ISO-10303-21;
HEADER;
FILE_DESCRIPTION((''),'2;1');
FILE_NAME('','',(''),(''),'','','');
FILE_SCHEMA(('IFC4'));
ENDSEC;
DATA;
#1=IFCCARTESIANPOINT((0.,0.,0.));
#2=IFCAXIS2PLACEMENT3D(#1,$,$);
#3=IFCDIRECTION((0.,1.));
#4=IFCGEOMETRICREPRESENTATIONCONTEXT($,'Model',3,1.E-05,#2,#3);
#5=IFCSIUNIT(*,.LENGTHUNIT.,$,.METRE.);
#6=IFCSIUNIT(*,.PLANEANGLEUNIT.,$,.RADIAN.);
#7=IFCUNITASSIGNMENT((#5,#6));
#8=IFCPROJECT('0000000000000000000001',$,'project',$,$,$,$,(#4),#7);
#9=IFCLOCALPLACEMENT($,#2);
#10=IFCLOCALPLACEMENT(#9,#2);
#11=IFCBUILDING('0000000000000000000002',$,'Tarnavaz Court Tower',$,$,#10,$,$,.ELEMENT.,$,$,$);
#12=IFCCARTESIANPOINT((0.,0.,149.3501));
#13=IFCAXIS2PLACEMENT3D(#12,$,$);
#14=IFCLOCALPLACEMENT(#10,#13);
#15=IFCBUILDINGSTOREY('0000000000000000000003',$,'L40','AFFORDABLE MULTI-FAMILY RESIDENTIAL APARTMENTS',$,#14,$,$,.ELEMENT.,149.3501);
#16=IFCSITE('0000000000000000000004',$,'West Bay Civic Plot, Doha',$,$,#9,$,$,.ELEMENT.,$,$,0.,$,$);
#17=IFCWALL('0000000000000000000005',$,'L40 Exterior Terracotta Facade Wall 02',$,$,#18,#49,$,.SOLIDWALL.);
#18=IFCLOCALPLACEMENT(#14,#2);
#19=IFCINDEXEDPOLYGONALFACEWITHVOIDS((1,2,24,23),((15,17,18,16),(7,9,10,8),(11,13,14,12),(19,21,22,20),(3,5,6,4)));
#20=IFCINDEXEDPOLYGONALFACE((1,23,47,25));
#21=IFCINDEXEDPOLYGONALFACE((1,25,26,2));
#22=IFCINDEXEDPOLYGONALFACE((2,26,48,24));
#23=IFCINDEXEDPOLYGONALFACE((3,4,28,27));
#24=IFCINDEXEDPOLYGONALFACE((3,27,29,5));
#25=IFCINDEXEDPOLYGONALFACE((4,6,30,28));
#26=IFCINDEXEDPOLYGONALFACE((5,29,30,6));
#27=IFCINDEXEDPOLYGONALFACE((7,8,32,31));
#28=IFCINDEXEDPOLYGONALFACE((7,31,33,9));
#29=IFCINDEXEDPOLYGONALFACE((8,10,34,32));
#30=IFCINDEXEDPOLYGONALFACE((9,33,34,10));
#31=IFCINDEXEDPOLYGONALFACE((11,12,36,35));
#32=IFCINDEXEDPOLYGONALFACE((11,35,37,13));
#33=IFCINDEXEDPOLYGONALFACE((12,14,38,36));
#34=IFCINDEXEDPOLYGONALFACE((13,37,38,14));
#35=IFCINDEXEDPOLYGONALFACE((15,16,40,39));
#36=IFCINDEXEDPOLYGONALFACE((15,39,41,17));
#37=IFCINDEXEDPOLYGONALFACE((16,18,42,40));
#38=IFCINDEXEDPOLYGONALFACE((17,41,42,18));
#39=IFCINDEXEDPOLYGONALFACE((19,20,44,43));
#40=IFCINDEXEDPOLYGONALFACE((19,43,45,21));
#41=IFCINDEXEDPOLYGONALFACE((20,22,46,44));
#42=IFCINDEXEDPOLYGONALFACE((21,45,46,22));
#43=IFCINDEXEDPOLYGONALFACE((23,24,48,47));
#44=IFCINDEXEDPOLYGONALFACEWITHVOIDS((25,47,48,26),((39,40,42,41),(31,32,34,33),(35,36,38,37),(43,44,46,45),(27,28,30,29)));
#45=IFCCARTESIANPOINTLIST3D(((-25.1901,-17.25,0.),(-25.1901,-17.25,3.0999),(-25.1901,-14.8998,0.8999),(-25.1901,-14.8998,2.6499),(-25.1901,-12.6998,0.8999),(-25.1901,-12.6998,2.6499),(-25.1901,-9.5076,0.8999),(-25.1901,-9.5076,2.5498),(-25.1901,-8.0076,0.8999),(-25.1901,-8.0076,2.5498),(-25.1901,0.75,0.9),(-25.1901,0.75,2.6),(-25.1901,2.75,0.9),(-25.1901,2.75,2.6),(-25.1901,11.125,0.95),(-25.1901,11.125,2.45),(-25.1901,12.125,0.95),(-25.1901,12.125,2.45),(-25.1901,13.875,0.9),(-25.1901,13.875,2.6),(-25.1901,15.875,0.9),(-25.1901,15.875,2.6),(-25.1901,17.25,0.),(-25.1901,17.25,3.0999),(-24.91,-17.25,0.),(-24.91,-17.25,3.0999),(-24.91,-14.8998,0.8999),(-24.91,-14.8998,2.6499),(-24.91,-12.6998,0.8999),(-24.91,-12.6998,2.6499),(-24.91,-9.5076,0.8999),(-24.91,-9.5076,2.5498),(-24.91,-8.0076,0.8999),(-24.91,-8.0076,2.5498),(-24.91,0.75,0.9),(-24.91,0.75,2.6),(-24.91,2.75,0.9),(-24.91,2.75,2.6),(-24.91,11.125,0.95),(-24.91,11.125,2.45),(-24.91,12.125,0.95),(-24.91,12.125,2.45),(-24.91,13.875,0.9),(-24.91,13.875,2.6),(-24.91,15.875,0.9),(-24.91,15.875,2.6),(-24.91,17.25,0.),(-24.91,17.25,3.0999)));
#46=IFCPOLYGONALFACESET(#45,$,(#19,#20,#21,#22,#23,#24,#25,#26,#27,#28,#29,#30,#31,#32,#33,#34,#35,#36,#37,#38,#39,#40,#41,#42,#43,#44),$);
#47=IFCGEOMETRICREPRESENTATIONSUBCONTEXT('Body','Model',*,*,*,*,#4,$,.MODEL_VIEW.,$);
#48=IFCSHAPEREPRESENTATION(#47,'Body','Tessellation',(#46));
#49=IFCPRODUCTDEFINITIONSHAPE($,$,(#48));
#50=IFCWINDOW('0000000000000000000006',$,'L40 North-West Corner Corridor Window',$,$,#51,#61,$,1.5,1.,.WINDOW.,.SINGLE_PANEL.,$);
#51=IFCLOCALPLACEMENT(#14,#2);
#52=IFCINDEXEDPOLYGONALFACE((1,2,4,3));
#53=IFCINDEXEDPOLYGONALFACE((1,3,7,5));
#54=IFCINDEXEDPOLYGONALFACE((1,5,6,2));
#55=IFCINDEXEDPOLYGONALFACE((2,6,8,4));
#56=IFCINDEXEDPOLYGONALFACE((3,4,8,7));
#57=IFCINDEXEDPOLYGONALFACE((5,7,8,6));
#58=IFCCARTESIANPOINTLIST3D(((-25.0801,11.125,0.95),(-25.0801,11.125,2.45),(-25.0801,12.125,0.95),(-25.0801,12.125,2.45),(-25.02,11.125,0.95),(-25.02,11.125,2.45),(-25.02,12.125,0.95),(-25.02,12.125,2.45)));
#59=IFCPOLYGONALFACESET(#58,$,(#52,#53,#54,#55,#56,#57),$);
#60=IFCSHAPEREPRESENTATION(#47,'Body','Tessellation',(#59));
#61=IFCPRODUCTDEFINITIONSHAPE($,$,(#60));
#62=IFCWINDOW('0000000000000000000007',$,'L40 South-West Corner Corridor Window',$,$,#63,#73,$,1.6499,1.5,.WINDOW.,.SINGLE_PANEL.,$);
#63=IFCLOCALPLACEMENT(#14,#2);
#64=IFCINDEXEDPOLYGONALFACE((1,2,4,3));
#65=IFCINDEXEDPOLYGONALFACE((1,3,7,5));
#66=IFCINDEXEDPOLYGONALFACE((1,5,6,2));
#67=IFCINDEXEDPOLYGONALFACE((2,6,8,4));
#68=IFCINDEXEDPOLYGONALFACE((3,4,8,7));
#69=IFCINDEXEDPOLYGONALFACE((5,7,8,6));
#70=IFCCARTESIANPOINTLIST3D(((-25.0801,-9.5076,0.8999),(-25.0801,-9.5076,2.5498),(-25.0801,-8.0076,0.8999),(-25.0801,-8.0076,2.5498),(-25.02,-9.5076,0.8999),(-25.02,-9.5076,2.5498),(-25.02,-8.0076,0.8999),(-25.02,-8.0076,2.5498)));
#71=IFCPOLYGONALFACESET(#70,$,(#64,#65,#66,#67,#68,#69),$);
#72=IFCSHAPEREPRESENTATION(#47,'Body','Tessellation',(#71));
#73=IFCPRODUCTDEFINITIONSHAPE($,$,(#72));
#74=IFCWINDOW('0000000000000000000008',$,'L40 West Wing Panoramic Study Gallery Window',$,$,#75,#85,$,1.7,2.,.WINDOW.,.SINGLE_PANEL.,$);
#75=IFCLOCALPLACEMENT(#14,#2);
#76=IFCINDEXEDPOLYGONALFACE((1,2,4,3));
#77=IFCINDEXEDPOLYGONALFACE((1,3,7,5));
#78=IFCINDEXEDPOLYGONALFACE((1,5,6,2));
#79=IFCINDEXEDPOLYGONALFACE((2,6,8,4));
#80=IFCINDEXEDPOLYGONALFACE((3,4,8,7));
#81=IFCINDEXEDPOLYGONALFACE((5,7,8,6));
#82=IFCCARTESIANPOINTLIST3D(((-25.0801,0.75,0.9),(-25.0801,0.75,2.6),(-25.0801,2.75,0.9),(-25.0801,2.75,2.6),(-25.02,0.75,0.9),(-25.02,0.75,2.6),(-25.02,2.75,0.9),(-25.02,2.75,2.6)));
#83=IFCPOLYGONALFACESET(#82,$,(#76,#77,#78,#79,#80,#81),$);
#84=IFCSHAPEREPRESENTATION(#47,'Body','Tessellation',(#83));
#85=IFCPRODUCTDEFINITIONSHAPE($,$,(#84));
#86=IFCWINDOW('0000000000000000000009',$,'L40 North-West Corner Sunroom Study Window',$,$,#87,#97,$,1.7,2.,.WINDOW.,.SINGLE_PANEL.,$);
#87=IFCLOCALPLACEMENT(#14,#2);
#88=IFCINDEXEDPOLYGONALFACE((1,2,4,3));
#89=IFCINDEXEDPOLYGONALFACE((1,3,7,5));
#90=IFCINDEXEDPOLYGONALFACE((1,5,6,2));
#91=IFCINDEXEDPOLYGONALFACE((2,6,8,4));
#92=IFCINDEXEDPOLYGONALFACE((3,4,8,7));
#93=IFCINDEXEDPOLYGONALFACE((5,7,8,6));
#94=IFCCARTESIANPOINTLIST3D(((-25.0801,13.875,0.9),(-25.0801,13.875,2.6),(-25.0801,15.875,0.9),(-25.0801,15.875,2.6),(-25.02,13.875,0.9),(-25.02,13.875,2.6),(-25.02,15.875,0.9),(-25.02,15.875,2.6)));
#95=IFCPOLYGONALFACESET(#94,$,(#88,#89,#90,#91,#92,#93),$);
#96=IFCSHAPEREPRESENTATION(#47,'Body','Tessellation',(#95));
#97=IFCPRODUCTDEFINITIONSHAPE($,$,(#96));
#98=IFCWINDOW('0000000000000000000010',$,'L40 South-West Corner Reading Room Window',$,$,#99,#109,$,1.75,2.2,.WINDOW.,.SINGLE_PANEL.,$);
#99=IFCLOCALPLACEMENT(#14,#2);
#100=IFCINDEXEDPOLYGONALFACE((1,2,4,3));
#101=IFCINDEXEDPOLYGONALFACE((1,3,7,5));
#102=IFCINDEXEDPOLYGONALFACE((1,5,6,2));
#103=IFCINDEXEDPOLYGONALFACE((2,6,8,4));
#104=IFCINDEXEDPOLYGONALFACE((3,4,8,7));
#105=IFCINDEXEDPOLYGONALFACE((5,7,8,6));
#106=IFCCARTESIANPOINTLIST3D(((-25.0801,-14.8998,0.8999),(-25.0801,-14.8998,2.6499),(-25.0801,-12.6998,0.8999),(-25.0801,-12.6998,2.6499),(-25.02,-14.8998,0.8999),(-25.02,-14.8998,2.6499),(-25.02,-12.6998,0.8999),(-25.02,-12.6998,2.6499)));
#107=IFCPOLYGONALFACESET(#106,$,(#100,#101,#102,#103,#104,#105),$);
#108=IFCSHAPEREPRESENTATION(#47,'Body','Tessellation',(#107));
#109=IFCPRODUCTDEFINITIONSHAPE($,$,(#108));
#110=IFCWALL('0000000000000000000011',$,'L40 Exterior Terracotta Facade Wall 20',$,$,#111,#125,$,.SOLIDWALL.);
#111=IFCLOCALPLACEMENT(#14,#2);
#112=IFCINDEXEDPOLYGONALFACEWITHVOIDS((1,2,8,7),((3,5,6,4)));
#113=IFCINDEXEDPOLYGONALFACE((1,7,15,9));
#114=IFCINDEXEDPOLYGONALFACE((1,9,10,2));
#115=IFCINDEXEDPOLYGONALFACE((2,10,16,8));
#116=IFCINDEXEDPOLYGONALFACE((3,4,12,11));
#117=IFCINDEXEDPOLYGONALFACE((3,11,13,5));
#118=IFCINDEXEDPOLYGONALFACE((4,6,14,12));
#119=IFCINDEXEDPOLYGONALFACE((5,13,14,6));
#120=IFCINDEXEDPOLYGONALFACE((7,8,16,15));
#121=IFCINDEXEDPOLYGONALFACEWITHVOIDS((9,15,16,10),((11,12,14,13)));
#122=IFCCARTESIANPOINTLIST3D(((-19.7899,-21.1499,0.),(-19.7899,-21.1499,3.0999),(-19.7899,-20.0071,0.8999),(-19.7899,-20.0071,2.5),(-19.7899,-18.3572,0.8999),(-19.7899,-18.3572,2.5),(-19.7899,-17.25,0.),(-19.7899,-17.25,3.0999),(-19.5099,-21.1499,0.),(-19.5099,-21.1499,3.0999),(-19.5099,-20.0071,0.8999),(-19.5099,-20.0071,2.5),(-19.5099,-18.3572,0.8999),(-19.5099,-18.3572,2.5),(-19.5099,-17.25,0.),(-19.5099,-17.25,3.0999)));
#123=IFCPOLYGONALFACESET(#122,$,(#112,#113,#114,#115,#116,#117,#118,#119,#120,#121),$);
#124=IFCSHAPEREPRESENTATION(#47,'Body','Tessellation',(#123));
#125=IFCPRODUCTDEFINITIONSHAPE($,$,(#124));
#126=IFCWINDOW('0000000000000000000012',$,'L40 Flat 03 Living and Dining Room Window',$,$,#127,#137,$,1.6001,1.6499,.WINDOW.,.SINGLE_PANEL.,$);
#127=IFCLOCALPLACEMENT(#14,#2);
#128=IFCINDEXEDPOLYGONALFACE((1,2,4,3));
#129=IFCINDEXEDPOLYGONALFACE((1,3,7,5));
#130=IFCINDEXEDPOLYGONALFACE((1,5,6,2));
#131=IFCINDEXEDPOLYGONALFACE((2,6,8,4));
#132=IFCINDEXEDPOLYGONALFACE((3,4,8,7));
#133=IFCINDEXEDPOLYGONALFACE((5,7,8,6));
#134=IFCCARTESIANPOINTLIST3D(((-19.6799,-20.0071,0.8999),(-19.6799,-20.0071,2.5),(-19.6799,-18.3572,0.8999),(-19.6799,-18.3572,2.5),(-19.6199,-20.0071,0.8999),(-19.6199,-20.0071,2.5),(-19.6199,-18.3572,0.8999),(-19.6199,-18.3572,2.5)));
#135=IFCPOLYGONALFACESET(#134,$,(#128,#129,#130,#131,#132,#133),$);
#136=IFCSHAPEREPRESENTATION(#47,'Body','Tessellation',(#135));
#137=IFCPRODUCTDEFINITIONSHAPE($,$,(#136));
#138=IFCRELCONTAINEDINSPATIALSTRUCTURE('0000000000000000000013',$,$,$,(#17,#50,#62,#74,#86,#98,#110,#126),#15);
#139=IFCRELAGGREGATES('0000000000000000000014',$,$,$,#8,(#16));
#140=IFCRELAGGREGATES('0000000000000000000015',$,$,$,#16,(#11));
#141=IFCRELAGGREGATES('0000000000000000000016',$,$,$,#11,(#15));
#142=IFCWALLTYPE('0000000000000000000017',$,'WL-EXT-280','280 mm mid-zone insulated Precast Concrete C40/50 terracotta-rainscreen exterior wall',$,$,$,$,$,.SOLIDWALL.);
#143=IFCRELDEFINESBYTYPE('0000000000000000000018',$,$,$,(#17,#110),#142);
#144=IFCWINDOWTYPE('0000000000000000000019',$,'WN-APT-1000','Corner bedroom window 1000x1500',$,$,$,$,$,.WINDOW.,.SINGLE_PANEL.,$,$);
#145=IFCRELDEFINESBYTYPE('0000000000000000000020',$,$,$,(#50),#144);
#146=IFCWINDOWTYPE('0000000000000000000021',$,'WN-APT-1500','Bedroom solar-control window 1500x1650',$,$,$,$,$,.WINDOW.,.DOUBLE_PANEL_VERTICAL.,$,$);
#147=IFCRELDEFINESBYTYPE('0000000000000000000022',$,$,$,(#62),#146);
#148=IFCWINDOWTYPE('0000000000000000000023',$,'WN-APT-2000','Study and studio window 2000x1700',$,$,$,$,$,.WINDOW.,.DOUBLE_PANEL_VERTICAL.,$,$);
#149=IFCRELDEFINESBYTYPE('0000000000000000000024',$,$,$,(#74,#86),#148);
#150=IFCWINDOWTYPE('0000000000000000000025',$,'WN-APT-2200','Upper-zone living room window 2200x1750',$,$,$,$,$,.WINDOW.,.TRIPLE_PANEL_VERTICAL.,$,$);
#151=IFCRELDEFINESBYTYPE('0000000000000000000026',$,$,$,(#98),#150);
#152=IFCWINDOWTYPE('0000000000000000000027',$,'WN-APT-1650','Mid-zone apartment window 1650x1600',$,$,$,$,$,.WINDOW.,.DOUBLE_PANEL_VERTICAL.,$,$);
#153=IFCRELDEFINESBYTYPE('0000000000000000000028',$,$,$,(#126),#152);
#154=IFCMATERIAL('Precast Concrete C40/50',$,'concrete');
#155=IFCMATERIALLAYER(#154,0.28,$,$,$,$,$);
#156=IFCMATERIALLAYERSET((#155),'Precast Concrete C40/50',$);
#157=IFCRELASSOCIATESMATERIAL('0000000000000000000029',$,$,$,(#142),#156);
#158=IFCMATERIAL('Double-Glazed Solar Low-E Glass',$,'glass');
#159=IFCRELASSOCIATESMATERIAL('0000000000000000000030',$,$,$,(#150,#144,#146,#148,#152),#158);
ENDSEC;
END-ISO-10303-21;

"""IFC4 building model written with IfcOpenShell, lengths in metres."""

from ifc_helpers import new_model, si_unit, direction, frame, frame_2d, origin, place, context, subcontext, project, spatial, rectangle, extrude, material, layer, layer_set, type_object, element, fill, save


model = new_model("IFC4")

# Units and contexts
model_context = context("Model", 3, precision=1e-05, world=origin(), true_north=direction((0.0, 1.0)))
body_context = subcontext(model_context, "Body", "Model", "MODEL_VIEW")
ifc_project = project(units=[si_unit("LENGTHUNIT", "METRE"), si_unit("PLANEANGLEUNIT", "RADIAN")], contexts=[model_context])

# Site, building, storey
site_placement = place(None, origin())
site = spatial("IfcSite", under=ifc_project, at=site_placement, Name="West Bay Civic Plot, Doha", CompositionType="ELEMENT", RefElevation=0.0)
building_placement = place(site_placement, origin())
building = spatial("IfcBuilding", under=site, at=building_placement, Name="Tarnavaz Court Tower", CompositionType="ELEMENT")
storey_placement = place(building_placement, frame((0.0, 0.0, 149.3501)))
storey = spatial("IfcBuildingStorey", under=building, at=storey_placement, Name="L40", Description="AFFORDABLE MULTI-FAMILY RESIDENTIAL APARTMENTS", CompositionType="ELEMENT", Elevation=149.3501)

# Shared definitions
ifc_material_1 = material(Name="Precast Concrete C40/50", Category="concrete")
ifc_layer_1 = layer(ifc_material_1, 0.28)
ifc_layer_set_1 = layer_set([ifc_layer_1], Name="Precast Concrete C40/50")
wall_type_1 = type_object("IfcWallType", Name="WL-EXT-280", Description="280 mm mid-zone insulated Precast Concrete C40/50 terracotta-rainscreen exterior wall", PredefinedType="SOLIDWALL", material=ifc_layer_set_1)
ifc_material_2 = material(Name="Double-Glazed Solar Low-E Glass", Category="glass")
window_type_1 = type_object("IfcWindowType", Name="WN-APT-2200", Description="Upper-zone living room window 2200x1750", PartitioningType="TRIPLE_PANEL_VERTICAL", PredefinedType="WINDOW", material=ifc_material_2)

# Wall, openings, windows
wall_1_placement = place(storey_placement, frame((-25.05, -17.25, 0.0), z_axis=(0.0, 0.0, 1.0), x_axis=(0.0, 1.0, 0.0)))
wall_1 = element("IfcWall", 1, at=wall_1_placement, inside=storey, type_object=wall_type_1, Name="L40 Exterior Terracotta Facade Wall 02", PredefinedType="SOLIDWALL", context=body_context, shape_type="SweptSolid", body=[
    extrude(rectangle(XDim=34.5, YDim=0.28, at=frame_2d((17.25, 0.0))), origin(), (0.0, 0.0, 1.0), 3.0999),
])
opening_1_placement = place(wall_1_placement, frame((2.3501, 0.0, 0.8999)))
opening_1 = element("IfcOpeningElement", 2, at=opening_1_placement, cuts=wall_1, PredefinedType="OPENING", context=body_context, shape_type="SweptSolid", body=[
    extrude(rectangle(XDim=2.2, YDim=1.75, at=frame_2d((1.1001, 0.875))), frame((0.0, 0.1499, 0.0), z_axis=(0.0, -1.0, 0.0), x_axis=(1.0, 0.0, 0.0)), (0.0, 0.0, 1.0), 0.3),
])
opening_2_placement = place(wall_1_placement, frame((7.7424, 0.0, 0.8999)))
opening_2 = element("IfcOpeningElement", 3, at=opening_2_placement, cuts=wall_1, PredefinedType="OPENING", context=body_context, shape_type="SweptSolid", body=[
    extrude(rectangle(XDim=1.5, YDim=1.6499, at=frame_2d((0.75, 0.825))), frame((0.0, 0.1499, 0.0), z_axis=(0.0, -1.0, 0.0), x_axis=(1.0, 0.0, 0.0)), (0.0, 0.0, 1.0), 0.3),
])
opening_3_placement = place(wall_1_placement, frame((18.0, 0.0, 0.8999)))
opening_3 = element("IfcOpeningElement", 4, at=opening_3_placement, cuts=wall_1, PredefinedType="OPENING", context=body_context, shape_type="SweptSolid", body=[
    extrude(rectangle(XDim=2.0, YDim=1.7, at=frame_2d((1.0, 0.8501))), frame((0.0, 0.1499, 0.0), z_axis=(0.0, -1.0, 0.0), x_axis=(1.0, 0.0, 0.0)), (0.0, 0.0, 1.0), 0.3),
])
opening_4_placement = place(wall_1_placement, frame((28.375, 0.0, 0.95)))
opening_4 = element("IfcOpeningElement", 5, at=opening_4_placement, cuts=wall_1, PredefinedType="OPENING", context=body_context, shape_type="SweptSolid", body=[
    extrude(rectangle(XDim=1.0, YDim=1.5, at=frame_2d((0.5, 0.75))), frame((0.0, 0.1499, 0.0), z_axis=(0.0, -1.0, 0.0), x_axis=(1.0, 0.0, 0.0)), (0.0, 0.0, 1.0), 0.3),
])
opening_5_placement = place(wall_1_placement, frame((31.125, 0.0, 0.8999)))
opening_5 = element("IfcOpeningElement", 6, at=opening_5_placement, cuts=wall_1, PredefinedType="OPENING", context=body_context, shape_type="SweptSolid", body=[
    extrude(rectangle(XDim=2.0, YDim=1.7, at=frame_2d((1.0, 0.8501))), frame((0.0, 0.1499, 0.0), z_axis=(0.0, -1.0, 0.0), x_axis=(1.0, 0.0, 0.0)), (0.0, 0.0, 1.0), 0.3),
])
window_type_2 = type_object("IfcWindowType", Name="WN-APT-1000", Description="Corner bedroom window 1000x1500", PartitioningType="SINGLE_PANEL", PredefinedType="WINDOW", material=ifc_material_2)
window_1_placement = place(opening_4_placement, origin())
window_1 = element("IfcWindow", 7, at=window_1_placement, inside=storey, type_object=window_type_2, Name="L40 North-West Corner Corridor Window", OverallHeight=1.5, OverallWidth=1.0, PartitioningType="SINGLE_PANEL", PredefinedType="WINDOW", context=body_context, shape_type="SweptSolid", body=[
    extrude(rectangle(XDim=1.0, YDim=1.5, at=frame_2d((0.5, 0.75))), frame((0.0, 0.03, 0.0), z_axis=(0.0, -1.0, 0.0), x_axis=(1.0, 0.0, 0.0)), (0.0, 0.0, 1.0), 0.0601),
])
fill(opening_4, window_1)
window_type_3 = type_object("IfcWindowType", Name="WN-APT-1500", Description="Bedroom solar-control window 1500x1650", PartitioningType="DOUBLE_PANEL_VERTICAL", PredefinedType="WINDOW", material=ifc_material_2)
window_2_placement = place(opening_2_placement, origin())
window_2 = element("IfcWindow", 8, at=window_2_placement, inside=storey, type_object=window_type_3, Name="L40 South-West Corner Corridor Window", OverallHeight=1.6499, OverallWidth=1.5, PartitioningType="SINGLE_PANEL", PredefinedType="WINDOW", context=body_context, shape_type="SweptSolid", body=[
    extrude(rectangle(XDim=1.5, YDim=1.6499, at=frame_2d((0.75, 0.825))), frame((0.0, 0.03, 0.0), z_axis=(0.0, -1.0, 0.0), x_axis=(1.0, 0.0, 0.0)), (0.0, 0.0, 1.0), 0.0601),
])
fill(opening_2, window_2)
window_type_4 = type_object("IfcWindowType", Name="WN-APT-2000", Description="Study and studio window 2000x1700", PartitioningType="DOUBLE_PANEL_VERTICAL", PredefinedType="WINDOW", material=ifc_material_2)
window_3_placement = place(opening_3_placement, origin())
window_3 = element("IfcWindow", 9, at=window_3_placement, inside=storey, type_object=window_type_4, Name="L40 West Wing Panoramic Study Gallery Window", OverallHeight=1.7, OverallWidth=2.0, PartitioningType="SINGLE_PANEL", PredefinedType="WINDOW", context=body_context, shape_type="SweptSolid", body=[
    extrude(rectangle(XDim=2.0, YDim=1.7, at=frame_2d((1.0, 0.8501))), frame((0.0, 0.03, 0.0), z_axis=(0.0, -1.0, 0.0), x_axis=(1.0, 0.0, 0.0)), (0.0, 0.0, 1.0), 0.0601),
])
fill(opening_3, window_3)
window_4_placement = place(opening_5_placement, origin())
window_4 = element("IfcWindow", 10, at=window_4_placement, inside=storey, type_object=window_type_4, Name="L40 North-West Corner Sunroom Study Window", OverallHeight=1.7, OverallWidth=2.0, PartitioningType="SINGLE_PANEL", PredefinedType="WINDOW", context=body_context, shape_type="SweptSolid", body=[
    extrude(rectangle(XDim=2.0, YDim=1.7, at=frame_2d((1.0, 0.8501))), frame((0.0, 0.03, 0.0), z_axis=(0.0, -1.0, 0.0), x_axis=(1.0, 0.0, 0.0)), (0.0, 0.0, 1.0), 0.0601),
])
fill(opening_5, window_4)
window_5_placement = place(opening_1_placement, origin())
window_5 = element("IfcWindow", 11, at=window_5_placement, inside=storey, type_object=window_type_1, Name="L40 South-West Corner Reading Room Window", OverallHeight=1.75, OverallWidth=2.2, PartitioningType="SINGLE_PANEL", PredefinedType="WINDOW", context=body_context, shape_type="SweptSolid", body=[
    extrude(rectangle(XDim=2.2, YDim=1.75, at=frame_2d((1.1001, 0.875))), frame((0.0, 0.03, 0.0), z_axis=(0.0, -1.0, 0.0), x_axis=(1.0, 0.0, 0.0)), (0.0, 0.0, 1.0), 0.0601),
])
fill(opening_1, window_5)

# Wall, opening, window
wall_2_placement = place(storey_placement, frame((-19.6499, -21.1499, 0.0), z_axis=(0.0, 0.0, 1.0), x_axis=(0.0, 1.0, 0.0)))
wall_2 = element("IfcWall", 12, at=wall_2_placement, inside=storey, type_object=wall_type_1, Name="L40 Exterior Terracotta Facade Wall 20", PredefinedType="SOLIDWALL", context=body_context, shape_type="SweptSolid", body=[
    extrude(rectangle(XDim=3.8999, YDim=0.28, at=frame_2d((1.95, 0.0))), origin(), (0.0, 0.0, 1.0), 3.0999),
])
opening_6_placement = place(wall_2_placement, frame((1.1428, 0.0, 0.8999)))
opening_6 = element("IfcOpeningElement", 13, at=opening_6_placement, cuts=wall_2, PredefinedType="OPENING", context=body_context, shape_type="SweptSolid", body=[
    extrude(rectangle(XDim=1.6499, YDim=1.6001, at=frame_2d((0.825, 0.8))), frame((0.0, 0.1499, 0.0), z_axis=(0.0, -1.0, 0.0), x_axis=(1.0, 0.0, 0.0)), (0.0, 0.0, 1.0), 0.3),
])
window_type_5 = type_object("IfcWindowType", Name="WN-APT-1650", Description="Mid-zone apartment window 1650x1600", PartitioningType="DOUBLE_PANEL_VERTICAL", PredefinedType="WINDOW", material=ifc_material_2)
window_6_placement = place(opening_6_placement, origin())
window_6 = element("IfcWindow", 14, at=window_6_placement, inside=storey, type_object=window_type_5, Name="L40 Flat 03 Living and Dining Room Window", OverallHeight=1.6001, OverallWidth=1.6499, PartitioningType="SINGLE_PANEL", PredefinedType="WINDOW", context=body_context, shape_type="SweptSolid", body=[
    extrude(rectangle(XDim=1.6499, YDim=1.6001, at=frame_2d((0.825, 0.8))), frame((0.0, 0.03, 0.0), z_axis=(0.0, -1.0, 0.0), x_axis=(1.0, 0.0, 0.0)), (0.0, 0.0, 1.0), 0.0601),
])
fill(opening_6, window_6)

save(model, "model.ifc")
